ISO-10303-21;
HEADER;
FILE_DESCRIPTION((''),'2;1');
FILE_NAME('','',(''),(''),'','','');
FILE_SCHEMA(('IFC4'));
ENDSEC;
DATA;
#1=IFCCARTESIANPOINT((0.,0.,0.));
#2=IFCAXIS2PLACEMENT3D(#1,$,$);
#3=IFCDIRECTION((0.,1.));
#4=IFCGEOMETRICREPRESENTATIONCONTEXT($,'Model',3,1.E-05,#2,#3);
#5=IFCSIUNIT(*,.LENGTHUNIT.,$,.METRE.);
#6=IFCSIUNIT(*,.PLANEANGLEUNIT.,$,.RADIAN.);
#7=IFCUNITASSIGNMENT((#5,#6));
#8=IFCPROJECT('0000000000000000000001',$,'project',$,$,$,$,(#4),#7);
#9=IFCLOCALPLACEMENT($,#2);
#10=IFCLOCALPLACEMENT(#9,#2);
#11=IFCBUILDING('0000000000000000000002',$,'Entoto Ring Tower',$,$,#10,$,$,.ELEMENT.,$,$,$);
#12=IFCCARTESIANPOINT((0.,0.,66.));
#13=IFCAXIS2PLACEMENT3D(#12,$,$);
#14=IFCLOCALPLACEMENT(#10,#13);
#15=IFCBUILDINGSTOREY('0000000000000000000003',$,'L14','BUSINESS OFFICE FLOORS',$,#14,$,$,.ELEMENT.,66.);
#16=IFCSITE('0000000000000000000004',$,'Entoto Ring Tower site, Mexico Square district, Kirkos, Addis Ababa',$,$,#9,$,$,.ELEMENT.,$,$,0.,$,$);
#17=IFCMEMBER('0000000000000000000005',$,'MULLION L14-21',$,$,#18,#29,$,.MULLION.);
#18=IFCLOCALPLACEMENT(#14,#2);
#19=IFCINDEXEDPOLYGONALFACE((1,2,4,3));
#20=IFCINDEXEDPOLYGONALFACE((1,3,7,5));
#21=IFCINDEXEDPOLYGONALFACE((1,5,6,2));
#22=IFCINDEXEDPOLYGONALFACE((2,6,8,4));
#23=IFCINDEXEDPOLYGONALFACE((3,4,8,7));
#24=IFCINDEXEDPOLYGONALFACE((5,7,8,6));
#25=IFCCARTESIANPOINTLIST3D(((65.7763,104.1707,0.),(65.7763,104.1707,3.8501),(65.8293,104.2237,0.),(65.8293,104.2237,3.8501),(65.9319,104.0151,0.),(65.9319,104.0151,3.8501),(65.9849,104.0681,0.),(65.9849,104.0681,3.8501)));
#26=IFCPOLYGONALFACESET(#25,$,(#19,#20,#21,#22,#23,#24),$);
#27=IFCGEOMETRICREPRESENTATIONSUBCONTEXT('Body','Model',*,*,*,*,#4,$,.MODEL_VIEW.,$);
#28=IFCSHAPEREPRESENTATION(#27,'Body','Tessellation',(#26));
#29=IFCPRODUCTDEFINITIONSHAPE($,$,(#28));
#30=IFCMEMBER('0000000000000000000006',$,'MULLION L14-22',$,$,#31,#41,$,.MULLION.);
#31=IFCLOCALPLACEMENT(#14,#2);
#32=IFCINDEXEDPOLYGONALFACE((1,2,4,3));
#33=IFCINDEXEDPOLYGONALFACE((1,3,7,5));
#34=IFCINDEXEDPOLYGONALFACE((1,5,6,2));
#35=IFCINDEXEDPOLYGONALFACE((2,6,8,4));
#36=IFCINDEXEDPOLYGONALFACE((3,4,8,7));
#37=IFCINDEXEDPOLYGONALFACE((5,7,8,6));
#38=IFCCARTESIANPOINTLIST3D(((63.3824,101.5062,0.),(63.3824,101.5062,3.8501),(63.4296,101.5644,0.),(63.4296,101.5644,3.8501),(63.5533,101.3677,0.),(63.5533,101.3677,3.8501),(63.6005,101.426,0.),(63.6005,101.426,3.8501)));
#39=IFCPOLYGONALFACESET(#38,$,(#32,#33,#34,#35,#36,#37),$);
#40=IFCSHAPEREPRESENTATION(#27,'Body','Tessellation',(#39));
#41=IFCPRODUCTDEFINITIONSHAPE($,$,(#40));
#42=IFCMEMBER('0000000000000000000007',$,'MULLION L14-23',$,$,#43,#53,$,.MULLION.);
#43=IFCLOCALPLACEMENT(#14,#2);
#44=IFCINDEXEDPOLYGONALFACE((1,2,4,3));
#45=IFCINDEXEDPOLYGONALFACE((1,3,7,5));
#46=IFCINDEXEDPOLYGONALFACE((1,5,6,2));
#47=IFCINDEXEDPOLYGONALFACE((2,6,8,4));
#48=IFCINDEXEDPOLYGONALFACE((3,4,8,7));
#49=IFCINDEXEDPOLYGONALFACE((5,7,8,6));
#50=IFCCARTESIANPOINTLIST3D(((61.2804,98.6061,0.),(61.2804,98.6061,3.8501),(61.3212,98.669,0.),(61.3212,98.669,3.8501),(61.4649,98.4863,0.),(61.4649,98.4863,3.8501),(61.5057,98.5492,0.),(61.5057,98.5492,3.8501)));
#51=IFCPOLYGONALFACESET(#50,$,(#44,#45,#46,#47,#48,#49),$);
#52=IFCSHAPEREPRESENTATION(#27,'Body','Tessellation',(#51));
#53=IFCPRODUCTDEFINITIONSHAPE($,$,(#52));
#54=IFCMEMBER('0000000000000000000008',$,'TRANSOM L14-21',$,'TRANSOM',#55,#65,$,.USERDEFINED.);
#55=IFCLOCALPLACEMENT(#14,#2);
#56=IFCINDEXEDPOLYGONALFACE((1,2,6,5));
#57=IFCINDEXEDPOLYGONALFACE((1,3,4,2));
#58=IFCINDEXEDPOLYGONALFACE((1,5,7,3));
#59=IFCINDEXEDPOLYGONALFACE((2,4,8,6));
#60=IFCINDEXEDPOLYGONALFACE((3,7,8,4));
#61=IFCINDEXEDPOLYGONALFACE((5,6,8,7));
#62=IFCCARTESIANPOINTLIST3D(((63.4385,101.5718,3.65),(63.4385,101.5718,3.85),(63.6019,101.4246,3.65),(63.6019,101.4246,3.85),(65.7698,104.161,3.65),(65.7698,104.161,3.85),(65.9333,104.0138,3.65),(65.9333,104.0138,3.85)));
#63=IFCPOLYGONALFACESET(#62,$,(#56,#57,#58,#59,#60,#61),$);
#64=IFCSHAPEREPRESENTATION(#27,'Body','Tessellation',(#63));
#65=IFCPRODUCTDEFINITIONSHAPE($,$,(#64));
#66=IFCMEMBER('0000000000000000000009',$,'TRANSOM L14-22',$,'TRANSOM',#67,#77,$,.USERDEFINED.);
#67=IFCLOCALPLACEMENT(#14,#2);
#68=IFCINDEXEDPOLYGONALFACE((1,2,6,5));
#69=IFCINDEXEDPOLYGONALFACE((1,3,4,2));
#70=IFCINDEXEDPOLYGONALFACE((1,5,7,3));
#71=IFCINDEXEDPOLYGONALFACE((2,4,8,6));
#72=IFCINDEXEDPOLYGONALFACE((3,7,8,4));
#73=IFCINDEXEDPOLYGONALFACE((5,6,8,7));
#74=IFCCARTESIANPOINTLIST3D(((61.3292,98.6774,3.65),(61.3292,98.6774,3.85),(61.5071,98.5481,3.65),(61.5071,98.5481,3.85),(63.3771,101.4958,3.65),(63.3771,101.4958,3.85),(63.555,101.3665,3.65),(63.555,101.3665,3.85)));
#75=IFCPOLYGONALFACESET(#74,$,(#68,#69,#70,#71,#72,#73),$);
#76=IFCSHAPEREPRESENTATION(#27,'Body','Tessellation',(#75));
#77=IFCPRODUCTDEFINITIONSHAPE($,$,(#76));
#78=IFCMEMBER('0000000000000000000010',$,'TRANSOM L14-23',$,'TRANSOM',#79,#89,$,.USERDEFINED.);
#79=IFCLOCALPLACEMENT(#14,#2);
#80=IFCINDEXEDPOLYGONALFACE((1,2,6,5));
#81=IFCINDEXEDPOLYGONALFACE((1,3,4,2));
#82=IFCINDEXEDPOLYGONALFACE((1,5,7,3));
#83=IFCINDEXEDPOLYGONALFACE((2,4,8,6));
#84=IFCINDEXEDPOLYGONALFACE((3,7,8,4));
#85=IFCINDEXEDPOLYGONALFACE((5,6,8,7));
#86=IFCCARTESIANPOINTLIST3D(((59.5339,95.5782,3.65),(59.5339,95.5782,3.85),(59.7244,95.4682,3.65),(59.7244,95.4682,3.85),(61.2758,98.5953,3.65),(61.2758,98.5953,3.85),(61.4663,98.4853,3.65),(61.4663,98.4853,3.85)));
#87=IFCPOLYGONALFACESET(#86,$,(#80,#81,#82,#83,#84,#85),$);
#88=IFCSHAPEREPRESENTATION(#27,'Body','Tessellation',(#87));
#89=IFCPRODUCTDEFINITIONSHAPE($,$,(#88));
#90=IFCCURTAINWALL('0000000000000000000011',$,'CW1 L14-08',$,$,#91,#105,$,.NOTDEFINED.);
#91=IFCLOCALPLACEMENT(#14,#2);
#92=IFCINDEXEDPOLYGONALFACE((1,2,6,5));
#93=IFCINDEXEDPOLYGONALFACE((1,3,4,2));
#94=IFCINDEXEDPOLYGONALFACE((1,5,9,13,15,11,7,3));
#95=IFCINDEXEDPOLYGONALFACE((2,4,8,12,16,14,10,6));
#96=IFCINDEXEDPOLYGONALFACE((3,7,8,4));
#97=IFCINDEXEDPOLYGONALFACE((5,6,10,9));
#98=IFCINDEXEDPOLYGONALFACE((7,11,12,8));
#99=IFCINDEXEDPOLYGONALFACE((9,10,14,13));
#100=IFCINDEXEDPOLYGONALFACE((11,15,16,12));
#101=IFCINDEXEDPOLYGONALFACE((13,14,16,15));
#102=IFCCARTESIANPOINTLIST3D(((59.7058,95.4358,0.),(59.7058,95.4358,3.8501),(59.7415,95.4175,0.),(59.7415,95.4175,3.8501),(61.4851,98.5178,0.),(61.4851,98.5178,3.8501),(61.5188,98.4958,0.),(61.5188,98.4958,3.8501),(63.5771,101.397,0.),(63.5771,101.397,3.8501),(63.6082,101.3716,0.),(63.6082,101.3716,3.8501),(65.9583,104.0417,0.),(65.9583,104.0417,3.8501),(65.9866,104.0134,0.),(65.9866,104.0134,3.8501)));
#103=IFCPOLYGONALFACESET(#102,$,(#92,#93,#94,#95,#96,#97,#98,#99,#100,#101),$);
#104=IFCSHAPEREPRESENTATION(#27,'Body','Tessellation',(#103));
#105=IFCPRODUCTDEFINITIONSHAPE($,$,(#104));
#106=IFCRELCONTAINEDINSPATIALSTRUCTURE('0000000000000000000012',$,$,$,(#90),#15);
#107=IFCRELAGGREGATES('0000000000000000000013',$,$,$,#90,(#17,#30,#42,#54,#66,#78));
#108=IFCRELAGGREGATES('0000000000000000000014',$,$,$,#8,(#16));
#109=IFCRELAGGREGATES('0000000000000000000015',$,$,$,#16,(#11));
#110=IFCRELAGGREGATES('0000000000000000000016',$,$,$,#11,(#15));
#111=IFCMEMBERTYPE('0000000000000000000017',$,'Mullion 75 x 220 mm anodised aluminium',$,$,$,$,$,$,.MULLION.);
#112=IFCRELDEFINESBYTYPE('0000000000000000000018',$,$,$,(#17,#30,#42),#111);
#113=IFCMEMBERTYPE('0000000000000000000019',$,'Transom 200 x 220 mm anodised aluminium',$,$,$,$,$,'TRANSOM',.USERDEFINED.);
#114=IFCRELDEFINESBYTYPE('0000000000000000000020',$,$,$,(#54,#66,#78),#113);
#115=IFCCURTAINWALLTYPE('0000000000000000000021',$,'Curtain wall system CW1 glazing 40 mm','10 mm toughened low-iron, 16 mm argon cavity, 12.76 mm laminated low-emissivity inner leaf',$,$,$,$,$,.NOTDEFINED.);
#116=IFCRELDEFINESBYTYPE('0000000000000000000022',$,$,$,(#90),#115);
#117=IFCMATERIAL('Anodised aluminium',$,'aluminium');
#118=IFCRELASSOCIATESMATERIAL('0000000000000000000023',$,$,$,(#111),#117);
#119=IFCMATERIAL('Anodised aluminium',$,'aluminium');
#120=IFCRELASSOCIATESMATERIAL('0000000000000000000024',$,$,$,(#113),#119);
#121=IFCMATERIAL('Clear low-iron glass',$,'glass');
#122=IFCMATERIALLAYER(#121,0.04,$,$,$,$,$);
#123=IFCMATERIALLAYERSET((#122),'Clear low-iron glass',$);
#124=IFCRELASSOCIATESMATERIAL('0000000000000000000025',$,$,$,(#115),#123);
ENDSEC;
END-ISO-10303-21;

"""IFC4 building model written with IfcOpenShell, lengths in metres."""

from ifc_helpers import new_model, si_unit, direction, frame, origin, origin_2d, place, context, subcontext, project, spatial, polyline, rectangle, outline, extrude, material, layer, layer_set, material_profile, profile_set, type_object, element, aggregate, save


model = new_model("IFC4")

# Units and contexts
model_context = context("Model", 3, precision=1e-05, world=origin(), true_north=direction((0.0, 1.0)))
body_context = subcontext(model_context, "Body", "Model", "MODEL_VIEW")
ifc_project = project(units=[si_unit("LENGTHUNIT", "METRE"), si_unit("PLANEANGLEUNIT", "RADIAN")], contexts=[model_context])

# Members
ifc_material_1 = material(Name="Anodised aluminium", Category="aluminium")
ifc_material_profile_1 = material_profile(ifc_material_1, rectangle(XDim=0.075, YDim=0.22, at=origin_2d()), Name="Mullion 75 x 220 mm anodised aluminium")
ifc_profile_set_1 = profile_set([ifc_material_profile_1], Name="Anodised aluminium")
member_type_1 = type_object("IfcMemberType", Name="Mullion 75 x 220 mm anodised aluminium", PredefinedType="MULLION", material=ifc_profile_set_1)
site_placement = place(None, origin())
building_placement = place(site_placement, origin())
storey_placement = place(building_placement, frame((0.0, 0.0, 66.0)))
member_1_placement = place(storey_placement, frame((65.8806, 104.1194, 0.0), z_axis=(0.0, 0.0, 1.0), x_axis=(-0.707107, -0.707107, 0.0)))
member_1 = element("IfcMember", 1, at=member_1_placement, type_object=member_type_1, Name="MULLION L14-21", PredefinedType="MULLION", context=body_context, shape_type="SweptSolid", body=[
    extrude(rectangle(XDim=0.075, YDim=0.22, at=origin_2d()), origin(), (0.0, 0.0, 1.0), 3.8501),
])
member_2_placement = place(storey_placement, frame((63.4915, 101.4661, 0.0), z_axis=(0.0, 0.0, 1.0), x_axis=(-0.62932, -0.777146, 0.0)))
member_2 = element("IfcMember", 2, at=member_2_placement, type_object=member_type_1, Name="MULLION L14-22", PredefinedType="MULLION", context=body_context, shape_type="SweptSolid", body=[
    extrude(rectangle(XDim=0.075, YDim=0.22, at=origin_2d()), origin(), (0.0, 0.0, 1.0), 3.8501),
])
member_3_placement = place(storey_placement, frame((61.3931, 98.5776, 0.0), z_axis=(0.0, 0.0, 1.0), x_axis=(-0.544639, -0.838671, 0.0)))
member_3 = element("IfcMember", 3, at=member_3_placement, type_object=member_type_1, Name="MULLION L14-23", PredefinedType="MULLION", context=body_context, shape_type="SweptSolid", body=[
    extrude(rectangle(XDim=0.075, YDim=0.22, at=origin_2d()), origin(), (0.0, 0.0, 1.0), 3.8501),
])
ifc_material_2 = material(Name="Anodised aluminium", Category="aluminium")
ifc_material_profile_2 = material_profile(ifc_material_2, rectangle(XDim=0.22, YDim=0.2, at=origin_2d()), Name="Transom 200 x 220 mm anodised aluminium")
ifc_profile_set_2 = profile_set([ifc_material_profile_2], Name="Anodised aluminium")
member_type_2 = type_object("IfcMemberType", Name="Transom 200 x 220 mm anodised aluminium", ElementType="TRANSOM", PredefinedType="USERDEFINED", material=ifc_profile_set_2)
member_4_placement = place(storey_placement, frame((65.8516, 104.0874, 3.75), z_axis=(-0.669139, -0.743137, 0.0), x_axis=(0.743137, -0.669139, 0.0)))
member_4 = element("IfcMember", 4, at=member_4_placement, type_object=member_type_2, Name="TRANSOM L14-21", ObjectType="TRANSOM", PredefinedType="USERDEFINED", context=body_context, shape_type="SweptSolid", body=[
    extrude(rectangle(XDim=0.22, YDim=0.2, at=origin_2d()), origin(), (0.0, 0.0, 1.0), 3.4841),
])
member_5_placement = place(storey_placement, frame((63.4661, 101.4312, 3.75), z_axis=(-0.587822, -0.808991, 0.0), x_axis=(0.808991, -0.587822, 0.0)))
member_5 = element("IfcMember", 5, at=member_5_placement, type_object=member_type_2, Name="TRANSOM L14-22", ObjectType="TRANSOM", PredefinedType="USERDEFINED", context=body_context, shape_type="SweptSolid", body=[
    extrude(rectangle(XDim=0.22, YDim=0.2, at=origin_2d()), origin(), (0.0, 0.0, 1.0), 3.4839),
])
member_6_placement = place(storey_placement, frame((61.3711, 98.5403, 3.75), z_axis=(-0.500006, -0.866022, 0.0), x_axis=(0.866022, -0.500006, 0.0)))
member_6 = element("IfcMember", 6, at=member_6_placement, type_object=member_type_2, Name="TRANSOM L14-23", ObjectType="TRANSOM", PredefinedType="USERDEFINED", context=body_context, shape_type="SweptSolid", body=[
    extrude(rectangle(XDim=0.22, YDim=0.2, at=origin_2d()), origin(), (0.0, 0.0, 1.0), 3.4839),
])

# Site, building, storey
site = spatial("IfcSite", under=ifc_project, at=site_placement, Name="Entoto Ring Tower site, Mexico Square district, Kirkos, Addis Ababa", CompositionType="ELEMENT", RefElevation=0.0)
building = spatial("IfcBuilding", under=site, at=building_placement, Name="Entoto Ring Tower", CompositionType="ELEMENT")
storey = spatial("IfcBuildingStorey", under=building, at=storey_placement, Name="L14", Description="BUSINESS OFFICE FLOORS", CompositionType="ELEMENT", Elevation=66.0)

# Curtain wall
ifc_material_3 = material(Name="Clear low-iron glass", Category="glass")
ifc_layer = layer(ifc_material_3, 0.04)
ifc_layer_set = layer_set([ifc_layer], Name="Clear low-iron glass")
curtain_wall_type = type_object("IfcCurtainWallType", Name="Curtain wall system CW1 glazing 40 mm", Description="10 mm toughened low-iron, 16 mm argon cavity, 12.76 mm laminated low-emissivity inner leaf", PredefinedType="NOTDEFINED", material=ifc_layer_set)
curtain_wall_1_placement = place(storey_placement, origin())
curtain_wall_1 = element("IfcCurtainWall", 7, at=curtain_wall_1_placement, inside=storey, type_object=curtain_wall_type, Name="CW1 L14-08", PredefinedType="NOTDEFINED", context=body_context, shape_type="SweptSolid", body=[
    extrude(outline(polyline([(65.9583, 104.0417), (63.5771, 101.397), (61.4851, 98.5178), (59.7058, 95.4358), (59.7415, 95.4175), (61.5188, 98.4958), (63.6082, 101.3716), (65.9866, 104.0134), (65.9583, 104.0417)])), origin(), (0.0, 0.0, 1.0), 3.8501),
])
aggregate(curtain_wall_1, [member_1, member_2, member_3, member_4, member_5, member_6])

save(model, "model.ifc")
